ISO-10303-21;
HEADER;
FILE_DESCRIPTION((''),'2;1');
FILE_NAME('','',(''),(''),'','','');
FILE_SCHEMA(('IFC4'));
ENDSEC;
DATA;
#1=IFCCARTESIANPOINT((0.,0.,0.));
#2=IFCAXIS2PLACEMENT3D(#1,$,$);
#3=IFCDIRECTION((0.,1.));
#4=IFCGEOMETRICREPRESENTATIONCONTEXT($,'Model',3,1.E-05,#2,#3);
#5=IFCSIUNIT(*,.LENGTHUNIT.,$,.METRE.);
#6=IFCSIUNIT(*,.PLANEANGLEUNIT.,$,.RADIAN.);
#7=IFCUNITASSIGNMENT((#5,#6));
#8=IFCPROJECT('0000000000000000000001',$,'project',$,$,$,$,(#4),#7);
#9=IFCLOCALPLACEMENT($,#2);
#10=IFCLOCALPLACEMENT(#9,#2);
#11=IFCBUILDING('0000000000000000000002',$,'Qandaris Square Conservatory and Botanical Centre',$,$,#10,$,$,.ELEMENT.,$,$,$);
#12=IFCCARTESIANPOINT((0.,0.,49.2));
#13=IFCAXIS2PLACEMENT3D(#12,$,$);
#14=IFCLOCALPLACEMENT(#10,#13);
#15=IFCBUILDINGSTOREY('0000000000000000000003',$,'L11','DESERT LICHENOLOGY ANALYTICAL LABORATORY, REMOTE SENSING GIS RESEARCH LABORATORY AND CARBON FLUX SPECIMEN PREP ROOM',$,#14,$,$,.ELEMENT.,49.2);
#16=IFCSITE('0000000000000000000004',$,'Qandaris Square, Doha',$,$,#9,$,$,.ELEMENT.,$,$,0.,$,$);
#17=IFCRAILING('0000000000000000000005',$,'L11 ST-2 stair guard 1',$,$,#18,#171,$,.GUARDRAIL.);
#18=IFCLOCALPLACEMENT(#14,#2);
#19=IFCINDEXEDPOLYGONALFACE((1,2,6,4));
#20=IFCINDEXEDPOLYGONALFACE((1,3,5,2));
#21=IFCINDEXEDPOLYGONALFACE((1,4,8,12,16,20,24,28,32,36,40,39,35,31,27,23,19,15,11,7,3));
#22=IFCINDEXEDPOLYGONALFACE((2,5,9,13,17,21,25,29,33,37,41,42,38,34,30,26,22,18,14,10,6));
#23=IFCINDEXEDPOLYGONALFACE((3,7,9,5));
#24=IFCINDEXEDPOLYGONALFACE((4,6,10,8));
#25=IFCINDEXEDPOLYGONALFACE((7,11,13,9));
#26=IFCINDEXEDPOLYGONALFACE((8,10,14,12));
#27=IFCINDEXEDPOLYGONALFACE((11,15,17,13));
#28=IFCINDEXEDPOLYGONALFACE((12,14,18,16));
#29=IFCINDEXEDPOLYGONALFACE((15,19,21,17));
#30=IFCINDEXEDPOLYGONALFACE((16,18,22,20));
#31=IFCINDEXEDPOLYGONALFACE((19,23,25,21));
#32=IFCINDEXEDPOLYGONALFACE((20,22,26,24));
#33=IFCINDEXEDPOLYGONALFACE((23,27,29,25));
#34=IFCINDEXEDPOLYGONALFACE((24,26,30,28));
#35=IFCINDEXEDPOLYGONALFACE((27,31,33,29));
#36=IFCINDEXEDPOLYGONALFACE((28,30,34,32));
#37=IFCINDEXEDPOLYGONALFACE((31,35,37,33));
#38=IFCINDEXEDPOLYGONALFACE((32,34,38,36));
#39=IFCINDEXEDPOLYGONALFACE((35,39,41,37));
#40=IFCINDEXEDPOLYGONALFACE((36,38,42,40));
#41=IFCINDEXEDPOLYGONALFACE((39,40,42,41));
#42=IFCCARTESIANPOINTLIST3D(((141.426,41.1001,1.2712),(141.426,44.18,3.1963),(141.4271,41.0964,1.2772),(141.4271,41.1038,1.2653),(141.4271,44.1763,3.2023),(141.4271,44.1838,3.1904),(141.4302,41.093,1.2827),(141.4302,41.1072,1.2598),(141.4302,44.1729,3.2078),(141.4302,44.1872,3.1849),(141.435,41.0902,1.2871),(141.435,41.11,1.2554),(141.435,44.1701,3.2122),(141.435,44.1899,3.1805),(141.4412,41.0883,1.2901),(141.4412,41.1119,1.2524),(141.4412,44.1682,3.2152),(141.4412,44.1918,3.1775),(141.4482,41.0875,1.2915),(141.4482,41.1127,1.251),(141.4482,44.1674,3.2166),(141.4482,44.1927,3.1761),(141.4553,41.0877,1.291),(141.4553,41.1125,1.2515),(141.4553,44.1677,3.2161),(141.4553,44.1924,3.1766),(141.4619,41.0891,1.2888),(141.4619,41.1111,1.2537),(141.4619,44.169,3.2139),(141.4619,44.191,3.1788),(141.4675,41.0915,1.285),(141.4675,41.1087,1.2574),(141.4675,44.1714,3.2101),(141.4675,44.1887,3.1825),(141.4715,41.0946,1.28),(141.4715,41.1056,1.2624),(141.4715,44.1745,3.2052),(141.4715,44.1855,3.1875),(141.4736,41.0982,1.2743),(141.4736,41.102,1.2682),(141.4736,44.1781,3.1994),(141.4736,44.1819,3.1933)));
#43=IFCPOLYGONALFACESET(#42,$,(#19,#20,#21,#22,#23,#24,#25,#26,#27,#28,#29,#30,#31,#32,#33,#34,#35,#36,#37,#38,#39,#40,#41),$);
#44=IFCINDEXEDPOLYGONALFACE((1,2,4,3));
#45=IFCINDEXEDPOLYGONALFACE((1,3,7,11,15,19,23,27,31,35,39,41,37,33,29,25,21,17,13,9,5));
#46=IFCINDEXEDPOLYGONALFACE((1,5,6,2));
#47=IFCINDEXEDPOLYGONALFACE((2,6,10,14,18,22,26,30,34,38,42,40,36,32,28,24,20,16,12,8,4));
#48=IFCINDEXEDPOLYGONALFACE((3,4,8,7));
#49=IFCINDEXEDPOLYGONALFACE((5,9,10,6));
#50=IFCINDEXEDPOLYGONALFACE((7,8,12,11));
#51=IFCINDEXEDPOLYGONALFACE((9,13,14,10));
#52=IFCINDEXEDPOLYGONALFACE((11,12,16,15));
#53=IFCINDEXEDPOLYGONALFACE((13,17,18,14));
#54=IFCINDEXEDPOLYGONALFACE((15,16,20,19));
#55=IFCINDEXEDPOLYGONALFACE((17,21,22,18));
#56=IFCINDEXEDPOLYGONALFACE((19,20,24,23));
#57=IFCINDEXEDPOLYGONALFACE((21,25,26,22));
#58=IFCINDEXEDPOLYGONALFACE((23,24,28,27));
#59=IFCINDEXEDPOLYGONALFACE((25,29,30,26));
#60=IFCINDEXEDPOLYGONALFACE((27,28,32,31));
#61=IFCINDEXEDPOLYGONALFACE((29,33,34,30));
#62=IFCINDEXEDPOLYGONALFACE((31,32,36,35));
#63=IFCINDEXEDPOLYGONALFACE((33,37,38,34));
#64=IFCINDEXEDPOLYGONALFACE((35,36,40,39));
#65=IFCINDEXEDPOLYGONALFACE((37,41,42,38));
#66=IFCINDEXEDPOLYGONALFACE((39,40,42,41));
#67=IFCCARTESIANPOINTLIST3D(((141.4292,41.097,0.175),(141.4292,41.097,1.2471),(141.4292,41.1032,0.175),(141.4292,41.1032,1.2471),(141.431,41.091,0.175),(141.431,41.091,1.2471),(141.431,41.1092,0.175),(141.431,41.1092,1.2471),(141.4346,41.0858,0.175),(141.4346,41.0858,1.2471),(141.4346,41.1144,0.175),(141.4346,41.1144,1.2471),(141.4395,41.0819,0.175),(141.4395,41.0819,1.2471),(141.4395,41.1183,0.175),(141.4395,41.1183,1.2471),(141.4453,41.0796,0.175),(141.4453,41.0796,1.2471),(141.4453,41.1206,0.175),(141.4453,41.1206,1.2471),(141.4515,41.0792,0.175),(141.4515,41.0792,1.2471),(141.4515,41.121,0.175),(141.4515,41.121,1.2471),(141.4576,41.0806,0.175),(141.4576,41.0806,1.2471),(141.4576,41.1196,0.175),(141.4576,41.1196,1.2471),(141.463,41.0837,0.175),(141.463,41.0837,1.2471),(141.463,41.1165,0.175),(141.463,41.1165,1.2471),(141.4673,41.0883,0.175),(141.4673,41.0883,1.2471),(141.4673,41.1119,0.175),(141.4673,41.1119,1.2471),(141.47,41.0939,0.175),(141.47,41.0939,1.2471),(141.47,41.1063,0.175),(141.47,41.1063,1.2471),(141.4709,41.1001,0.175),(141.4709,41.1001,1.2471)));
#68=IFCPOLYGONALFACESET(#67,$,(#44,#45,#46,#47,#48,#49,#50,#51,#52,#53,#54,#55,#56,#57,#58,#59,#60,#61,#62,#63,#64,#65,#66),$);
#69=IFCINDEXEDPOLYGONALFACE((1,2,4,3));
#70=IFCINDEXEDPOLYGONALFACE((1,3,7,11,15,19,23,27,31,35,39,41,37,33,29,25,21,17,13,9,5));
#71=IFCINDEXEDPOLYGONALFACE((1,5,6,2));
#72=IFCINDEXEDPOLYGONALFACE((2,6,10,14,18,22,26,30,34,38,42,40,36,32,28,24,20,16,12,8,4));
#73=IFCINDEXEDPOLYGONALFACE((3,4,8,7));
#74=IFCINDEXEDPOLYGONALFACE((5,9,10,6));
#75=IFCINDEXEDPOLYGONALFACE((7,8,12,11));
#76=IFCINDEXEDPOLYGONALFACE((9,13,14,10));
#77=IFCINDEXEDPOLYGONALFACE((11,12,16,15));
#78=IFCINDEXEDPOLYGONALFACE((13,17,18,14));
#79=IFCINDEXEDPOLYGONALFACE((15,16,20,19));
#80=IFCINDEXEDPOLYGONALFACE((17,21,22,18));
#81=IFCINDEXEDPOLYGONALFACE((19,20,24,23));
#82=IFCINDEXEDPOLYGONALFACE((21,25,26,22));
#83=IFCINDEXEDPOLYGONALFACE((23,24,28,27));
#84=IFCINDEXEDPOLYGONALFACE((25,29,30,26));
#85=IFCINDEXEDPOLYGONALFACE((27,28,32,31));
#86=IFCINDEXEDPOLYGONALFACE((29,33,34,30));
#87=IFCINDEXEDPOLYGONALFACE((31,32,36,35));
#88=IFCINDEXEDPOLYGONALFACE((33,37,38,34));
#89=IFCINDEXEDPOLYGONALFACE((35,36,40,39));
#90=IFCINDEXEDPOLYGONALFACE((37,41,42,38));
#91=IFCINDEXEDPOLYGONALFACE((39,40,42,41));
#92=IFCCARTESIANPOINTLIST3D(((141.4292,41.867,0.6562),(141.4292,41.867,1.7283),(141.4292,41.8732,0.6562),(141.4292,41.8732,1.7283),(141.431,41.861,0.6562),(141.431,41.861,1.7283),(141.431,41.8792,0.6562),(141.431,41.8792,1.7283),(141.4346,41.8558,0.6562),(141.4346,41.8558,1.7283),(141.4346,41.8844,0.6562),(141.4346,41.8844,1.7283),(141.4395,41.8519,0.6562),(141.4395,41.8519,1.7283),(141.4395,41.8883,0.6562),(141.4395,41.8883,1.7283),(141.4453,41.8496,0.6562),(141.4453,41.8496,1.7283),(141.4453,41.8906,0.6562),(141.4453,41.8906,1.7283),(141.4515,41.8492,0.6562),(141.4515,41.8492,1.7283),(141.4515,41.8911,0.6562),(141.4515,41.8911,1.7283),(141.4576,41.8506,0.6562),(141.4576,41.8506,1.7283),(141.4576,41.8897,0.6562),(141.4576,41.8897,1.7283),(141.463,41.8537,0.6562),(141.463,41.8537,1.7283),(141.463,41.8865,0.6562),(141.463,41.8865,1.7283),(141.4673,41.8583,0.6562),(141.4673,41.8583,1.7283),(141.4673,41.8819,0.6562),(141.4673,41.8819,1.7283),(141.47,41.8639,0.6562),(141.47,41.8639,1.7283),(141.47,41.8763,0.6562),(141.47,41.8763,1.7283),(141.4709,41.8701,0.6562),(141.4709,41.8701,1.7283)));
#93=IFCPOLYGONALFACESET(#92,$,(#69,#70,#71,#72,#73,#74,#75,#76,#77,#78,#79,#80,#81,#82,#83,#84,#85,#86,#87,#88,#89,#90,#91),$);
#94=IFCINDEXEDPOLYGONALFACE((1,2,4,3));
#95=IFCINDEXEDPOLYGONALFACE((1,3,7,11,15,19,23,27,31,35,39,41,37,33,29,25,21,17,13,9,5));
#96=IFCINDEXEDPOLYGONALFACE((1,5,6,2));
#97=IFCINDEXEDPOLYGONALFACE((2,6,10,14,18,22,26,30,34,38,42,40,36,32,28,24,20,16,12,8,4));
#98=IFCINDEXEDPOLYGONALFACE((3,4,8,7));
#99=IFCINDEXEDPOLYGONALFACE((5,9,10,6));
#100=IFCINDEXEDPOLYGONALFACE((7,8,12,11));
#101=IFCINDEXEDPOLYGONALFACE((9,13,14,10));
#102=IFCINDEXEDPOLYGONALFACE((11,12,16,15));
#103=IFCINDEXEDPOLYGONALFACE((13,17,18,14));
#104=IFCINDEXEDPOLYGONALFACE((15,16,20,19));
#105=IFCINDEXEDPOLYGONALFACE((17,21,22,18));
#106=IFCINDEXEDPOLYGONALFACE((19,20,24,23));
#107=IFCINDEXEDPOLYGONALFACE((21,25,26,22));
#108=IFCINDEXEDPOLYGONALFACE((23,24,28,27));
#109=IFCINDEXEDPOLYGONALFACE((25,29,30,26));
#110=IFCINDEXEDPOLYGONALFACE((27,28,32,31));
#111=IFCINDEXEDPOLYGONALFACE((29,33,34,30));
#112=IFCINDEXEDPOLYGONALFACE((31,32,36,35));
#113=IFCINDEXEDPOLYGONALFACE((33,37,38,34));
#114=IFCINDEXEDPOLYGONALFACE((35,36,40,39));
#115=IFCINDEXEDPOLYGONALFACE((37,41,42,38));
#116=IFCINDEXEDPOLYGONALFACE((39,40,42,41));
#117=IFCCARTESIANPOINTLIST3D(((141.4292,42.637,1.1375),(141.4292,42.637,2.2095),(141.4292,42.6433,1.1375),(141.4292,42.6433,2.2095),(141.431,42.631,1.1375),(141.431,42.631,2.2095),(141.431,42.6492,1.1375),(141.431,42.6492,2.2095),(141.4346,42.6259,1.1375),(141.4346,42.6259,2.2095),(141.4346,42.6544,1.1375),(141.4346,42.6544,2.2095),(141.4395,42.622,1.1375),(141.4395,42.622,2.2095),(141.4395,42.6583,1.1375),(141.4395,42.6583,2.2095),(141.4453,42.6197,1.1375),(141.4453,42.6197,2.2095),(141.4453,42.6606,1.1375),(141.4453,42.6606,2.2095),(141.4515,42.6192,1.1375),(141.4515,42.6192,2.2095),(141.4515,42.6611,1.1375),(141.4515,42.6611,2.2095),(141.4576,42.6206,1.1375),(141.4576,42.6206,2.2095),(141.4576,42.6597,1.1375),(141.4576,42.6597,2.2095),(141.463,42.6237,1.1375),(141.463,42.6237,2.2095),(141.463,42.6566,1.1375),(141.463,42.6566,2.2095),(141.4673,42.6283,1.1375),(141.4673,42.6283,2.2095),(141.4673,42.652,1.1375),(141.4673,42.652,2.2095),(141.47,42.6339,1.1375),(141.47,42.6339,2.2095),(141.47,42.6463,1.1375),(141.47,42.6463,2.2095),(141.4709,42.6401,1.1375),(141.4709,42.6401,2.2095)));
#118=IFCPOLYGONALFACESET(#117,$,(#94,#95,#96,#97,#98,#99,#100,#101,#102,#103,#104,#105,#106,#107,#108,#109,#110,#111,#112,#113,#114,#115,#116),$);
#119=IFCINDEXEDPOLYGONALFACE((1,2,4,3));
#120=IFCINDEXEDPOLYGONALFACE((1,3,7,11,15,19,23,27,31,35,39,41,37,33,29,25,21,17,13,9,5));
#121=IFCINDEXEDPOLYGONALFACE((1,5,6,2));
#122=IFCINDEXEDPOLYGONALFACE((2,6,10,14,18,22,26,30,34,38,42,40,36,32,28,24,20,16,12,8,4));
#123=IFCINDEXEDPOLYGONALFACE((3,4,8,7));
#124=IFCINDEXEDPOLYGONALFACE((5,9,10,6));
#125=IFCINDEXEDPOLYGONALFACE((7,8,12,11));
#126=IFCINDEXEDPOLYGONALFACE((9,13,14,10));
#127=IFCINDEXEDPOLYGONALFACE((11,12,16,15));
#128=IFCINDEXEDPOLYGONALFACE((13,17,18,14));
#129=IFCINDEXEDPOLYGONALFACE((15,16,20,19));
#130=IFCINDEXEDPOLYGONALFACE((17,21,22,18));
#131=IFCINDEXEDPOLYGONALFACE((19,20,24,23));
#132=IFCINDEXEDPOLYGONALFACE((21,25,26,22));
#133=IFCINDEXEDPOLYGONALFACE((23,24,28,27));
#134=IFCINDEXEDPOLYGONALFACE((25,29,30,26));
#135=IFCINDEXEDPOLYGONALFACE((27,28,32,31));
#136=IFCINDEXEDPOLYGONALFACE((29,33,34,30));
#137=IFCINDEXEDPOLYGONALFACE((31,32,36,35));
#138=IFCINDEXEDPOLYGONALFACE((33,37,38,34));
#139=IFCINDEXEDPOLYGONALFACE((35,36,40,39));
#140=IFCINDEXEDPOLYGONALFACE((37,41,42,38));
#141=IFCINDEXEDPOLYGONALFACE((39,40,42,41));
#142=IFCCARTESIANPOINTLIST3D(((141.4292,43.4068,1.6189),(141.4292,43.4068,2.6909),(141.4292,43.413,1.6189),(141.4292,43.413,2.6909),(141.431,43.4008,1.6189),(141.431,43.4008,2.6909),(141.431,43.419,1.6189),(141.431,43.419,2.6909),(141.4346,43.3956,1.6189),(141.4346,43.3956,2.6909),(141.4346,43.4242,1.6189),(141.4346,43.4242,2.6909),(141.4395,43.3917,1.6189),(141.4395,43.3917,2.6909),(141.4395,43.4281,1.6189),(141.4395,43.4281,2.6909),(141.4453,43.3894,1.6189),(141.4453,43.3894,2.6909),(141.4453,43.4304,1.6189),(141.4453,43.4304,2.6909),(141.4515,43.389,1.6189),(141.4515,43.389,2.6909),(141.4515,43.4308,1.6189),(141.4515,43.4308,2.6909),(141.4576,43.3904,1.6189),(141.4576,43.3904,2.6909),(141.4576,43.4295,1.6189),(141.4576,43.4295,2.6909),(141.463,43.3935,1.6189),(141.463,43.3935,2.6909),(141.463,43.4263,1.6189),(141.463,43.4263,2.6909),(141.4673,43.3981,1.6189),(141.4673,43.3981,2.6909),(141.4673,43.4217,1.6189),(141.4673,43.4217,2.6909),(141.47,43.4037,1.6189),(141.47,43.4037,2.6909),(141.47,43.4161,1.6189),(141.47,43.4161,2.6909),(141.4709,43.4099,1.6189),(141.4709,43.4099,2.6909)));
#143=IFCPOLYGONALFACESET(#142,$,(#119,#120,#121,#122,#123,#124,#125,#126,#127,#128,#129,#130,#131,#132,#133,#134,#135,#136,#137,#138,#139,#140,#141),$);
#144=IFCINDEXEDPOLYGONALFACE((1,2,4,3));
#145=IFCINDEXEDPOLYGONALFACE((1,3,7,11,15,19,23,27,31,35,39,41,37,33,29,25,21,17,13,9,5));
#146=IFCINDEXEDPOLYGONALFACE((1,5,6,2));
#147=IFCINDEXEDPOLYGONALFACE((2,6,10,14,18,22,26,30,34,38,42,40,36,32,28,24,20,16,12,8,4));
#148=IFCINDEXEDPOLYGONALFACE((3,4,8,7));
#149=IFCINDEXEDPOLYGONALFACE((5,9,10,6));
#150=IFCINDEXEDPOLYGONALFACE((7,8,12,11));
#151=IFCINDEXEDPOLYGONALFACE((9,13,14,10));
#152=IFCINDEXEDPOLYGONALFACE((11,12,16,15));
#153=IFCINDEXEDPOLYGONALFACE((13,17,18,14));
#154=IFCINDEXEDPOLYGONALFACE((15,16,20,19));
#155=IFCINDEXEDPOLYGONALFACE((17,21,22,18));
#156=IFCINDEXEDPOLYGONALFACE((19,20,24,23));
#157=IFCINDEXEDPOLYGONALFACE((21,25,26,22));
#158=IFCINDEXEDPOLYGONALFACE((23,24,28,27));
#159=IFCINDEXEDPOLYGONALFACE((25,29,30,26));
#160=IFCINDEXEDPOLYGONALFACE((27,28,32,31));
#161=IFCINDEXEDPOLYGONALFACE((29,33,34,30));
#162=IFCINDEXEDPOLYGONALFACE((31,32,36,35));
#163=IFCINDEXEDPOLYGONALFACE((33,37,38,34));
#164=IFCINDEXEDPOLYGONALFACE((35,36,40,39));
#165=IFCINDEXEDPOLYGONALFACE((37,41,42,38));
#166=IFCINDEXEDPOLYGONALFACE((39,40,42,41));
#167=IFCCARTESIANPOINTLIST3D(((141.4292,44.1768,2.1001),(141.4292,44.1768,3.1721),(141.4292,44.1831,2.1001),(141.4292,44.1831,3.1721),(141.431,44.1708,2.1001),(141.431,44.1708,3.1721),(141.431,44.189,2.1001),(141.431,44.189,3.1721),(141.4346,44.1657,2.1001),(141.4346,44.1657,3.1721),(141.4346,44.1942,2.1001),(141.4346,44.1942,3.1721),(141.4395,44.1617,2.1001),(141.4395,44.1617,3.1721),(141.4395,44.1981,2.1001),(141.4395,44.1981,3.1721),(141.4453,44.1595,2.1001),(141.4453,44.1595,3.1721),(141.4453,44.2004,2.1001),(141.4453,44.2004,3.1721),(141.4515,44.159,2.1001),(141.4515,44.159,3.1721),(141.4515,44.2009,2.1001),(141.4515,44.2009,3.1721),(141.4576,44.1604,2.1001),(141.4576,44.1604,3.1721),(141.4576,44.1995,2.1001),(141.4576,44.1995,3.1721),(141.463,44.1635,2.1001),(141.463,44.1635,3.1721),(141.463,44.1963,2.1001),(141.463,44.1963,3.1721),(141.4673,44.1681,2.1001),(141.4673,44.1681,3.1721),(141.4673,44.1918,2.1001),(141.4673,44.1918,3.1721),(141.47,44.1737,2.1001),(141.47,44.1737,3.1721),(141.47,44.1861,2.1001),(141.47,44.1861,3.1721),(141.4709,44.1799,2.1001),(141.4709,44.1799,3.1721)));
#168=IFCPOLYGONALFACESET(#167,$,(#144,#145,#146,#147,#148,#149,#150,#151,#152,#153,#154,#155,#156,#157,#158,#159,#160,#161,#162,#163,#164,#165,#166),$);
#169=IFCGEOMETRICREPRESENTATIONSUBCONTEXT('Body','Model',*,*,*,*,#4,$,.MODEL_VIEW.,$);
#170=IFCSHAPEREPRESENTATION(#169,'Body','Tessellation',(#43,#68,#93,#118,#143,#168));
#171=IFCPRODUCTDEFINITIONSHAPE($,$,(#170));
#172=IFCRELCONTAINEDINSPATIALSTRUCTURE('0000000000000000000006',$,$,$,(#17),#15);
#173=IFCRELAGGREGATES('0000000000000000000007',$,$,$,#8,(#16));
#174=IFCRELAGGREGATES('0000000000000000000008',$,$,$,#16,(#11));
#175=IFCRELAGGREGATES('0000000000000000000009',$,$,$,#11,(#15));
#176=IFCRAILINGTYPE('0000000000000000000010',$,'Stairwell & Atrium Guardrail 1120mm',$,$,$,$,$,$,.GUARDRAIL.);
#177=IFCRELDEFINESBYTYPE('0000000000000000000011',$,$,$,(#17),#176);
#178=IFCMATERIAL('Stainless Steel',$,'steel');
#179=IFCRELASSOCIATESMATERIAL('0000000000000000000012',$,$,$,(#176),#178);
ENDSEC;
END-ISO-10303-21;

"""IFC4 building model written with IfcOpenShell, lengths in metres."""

from ifc_helpers import new_model, si_unit, direction, frame, origin, origin_2d, place, context, subcontext, project, spatial, circle, extrude, material, type_object, element, save


model = new_model("IFC4")

# Units and contexts
model_context = context("Model", 3, precision=1e-05, world=origin(), true_north=direction((0.0, 1.0)))
body_context = subcontext(model_context, "Body", "Model", "MODEL_VIEW")
ifc_project = project(units=[si_unit("LENGTHUNIT", "METRE"), si_unit("PLANEANGLEUNIT", "RADIAN")], contexts=[model_context])

# Site, building, storey
site_placement = place(None, origin())
site = spatial("IfcSite", under=ifc_project, at=site_placement, Name="Qandaris Square, Doha", CompositionType="ELEMENT", RefElevation=0.0)
building_placement = place(site_placement, origin())
building = spatial("IfcBuilding", under=site, at=building_placement, Name="Qandaris Square Conservatory and Botanical Centre", CompositionType="ELEMENT")
storey_placement = place(building_placement, frame((0.0, 0.0, 49.2)))
storey = spatial("IfcBuildingStorey", under=building, at=storey_placement, Name="L11", Description="DESERT LICHENOLOGY ANALYTICAL LABORATORY, REMOTE SENSING GIS RESEARCH LABORATORY AND CARBON FLUX SPECIMEN PREP ROOM", CompositionType="ELEMENT", Elevation=49.2)

# Railing
ifc_material_1 = material(Name="Stainless Steel", Category="steel")
railing_type_1 = type_object("IfcRailingType", Name="Stairwell & Atrium Guardrail 1120mm", PredefinedType="GUARDRAIL", material=ifc_material_1)
railing_1_placement = place(storey_placement, frame((141.45, 41.1001, 0.175)))
element("IfcRailing", 1, at=railing_1_placement, inside=storey, type_object=railing_type_1, Name="L11 ST-2 stair guard 1", PredefinedType="GUARDRAIL", context=body_context, shape_type="SweptSolid", body=[
    extrude(circle(Radius=0.0239, at=origin_2d()), frame((0.0, 0.0, 1.0962), z_axis=(0.0, 0.847979, 0.530029), x_axis=(-1.0, 0.0, 0.0)), (0.0, 0.0, 1.0), 3.6321),
    extrude(circle(Radius=0.021, at=origin_2d()), origin(), (0.0, 0.0, 1.0), 1.072),
    extrude(circle(Radius=0.021, at=origin_2d()), frame((0.0, 0.77, 0.4812)), (0.0, 0.0, 1.0), 1.072),
    extrude(circle(Radius=0.021, at=origin_2d()), frame((0.0, 1.54, 0.9624)), (0.0, 0.0, 1.0), 1.072),
    extrude(circle(Radius=0.021, at=origin_2d()), frame((0.0, 2.3098, 1.4438)), (0.0, 0.0, 1.0), 1.072),
    extrude(circle(Radius=0.021, at=origin_2d()), frame((0.0, 3.0798, 1.925)), (0.0, 0.0, 1.0), 1.072),
])

save(model, "model.ifc")
